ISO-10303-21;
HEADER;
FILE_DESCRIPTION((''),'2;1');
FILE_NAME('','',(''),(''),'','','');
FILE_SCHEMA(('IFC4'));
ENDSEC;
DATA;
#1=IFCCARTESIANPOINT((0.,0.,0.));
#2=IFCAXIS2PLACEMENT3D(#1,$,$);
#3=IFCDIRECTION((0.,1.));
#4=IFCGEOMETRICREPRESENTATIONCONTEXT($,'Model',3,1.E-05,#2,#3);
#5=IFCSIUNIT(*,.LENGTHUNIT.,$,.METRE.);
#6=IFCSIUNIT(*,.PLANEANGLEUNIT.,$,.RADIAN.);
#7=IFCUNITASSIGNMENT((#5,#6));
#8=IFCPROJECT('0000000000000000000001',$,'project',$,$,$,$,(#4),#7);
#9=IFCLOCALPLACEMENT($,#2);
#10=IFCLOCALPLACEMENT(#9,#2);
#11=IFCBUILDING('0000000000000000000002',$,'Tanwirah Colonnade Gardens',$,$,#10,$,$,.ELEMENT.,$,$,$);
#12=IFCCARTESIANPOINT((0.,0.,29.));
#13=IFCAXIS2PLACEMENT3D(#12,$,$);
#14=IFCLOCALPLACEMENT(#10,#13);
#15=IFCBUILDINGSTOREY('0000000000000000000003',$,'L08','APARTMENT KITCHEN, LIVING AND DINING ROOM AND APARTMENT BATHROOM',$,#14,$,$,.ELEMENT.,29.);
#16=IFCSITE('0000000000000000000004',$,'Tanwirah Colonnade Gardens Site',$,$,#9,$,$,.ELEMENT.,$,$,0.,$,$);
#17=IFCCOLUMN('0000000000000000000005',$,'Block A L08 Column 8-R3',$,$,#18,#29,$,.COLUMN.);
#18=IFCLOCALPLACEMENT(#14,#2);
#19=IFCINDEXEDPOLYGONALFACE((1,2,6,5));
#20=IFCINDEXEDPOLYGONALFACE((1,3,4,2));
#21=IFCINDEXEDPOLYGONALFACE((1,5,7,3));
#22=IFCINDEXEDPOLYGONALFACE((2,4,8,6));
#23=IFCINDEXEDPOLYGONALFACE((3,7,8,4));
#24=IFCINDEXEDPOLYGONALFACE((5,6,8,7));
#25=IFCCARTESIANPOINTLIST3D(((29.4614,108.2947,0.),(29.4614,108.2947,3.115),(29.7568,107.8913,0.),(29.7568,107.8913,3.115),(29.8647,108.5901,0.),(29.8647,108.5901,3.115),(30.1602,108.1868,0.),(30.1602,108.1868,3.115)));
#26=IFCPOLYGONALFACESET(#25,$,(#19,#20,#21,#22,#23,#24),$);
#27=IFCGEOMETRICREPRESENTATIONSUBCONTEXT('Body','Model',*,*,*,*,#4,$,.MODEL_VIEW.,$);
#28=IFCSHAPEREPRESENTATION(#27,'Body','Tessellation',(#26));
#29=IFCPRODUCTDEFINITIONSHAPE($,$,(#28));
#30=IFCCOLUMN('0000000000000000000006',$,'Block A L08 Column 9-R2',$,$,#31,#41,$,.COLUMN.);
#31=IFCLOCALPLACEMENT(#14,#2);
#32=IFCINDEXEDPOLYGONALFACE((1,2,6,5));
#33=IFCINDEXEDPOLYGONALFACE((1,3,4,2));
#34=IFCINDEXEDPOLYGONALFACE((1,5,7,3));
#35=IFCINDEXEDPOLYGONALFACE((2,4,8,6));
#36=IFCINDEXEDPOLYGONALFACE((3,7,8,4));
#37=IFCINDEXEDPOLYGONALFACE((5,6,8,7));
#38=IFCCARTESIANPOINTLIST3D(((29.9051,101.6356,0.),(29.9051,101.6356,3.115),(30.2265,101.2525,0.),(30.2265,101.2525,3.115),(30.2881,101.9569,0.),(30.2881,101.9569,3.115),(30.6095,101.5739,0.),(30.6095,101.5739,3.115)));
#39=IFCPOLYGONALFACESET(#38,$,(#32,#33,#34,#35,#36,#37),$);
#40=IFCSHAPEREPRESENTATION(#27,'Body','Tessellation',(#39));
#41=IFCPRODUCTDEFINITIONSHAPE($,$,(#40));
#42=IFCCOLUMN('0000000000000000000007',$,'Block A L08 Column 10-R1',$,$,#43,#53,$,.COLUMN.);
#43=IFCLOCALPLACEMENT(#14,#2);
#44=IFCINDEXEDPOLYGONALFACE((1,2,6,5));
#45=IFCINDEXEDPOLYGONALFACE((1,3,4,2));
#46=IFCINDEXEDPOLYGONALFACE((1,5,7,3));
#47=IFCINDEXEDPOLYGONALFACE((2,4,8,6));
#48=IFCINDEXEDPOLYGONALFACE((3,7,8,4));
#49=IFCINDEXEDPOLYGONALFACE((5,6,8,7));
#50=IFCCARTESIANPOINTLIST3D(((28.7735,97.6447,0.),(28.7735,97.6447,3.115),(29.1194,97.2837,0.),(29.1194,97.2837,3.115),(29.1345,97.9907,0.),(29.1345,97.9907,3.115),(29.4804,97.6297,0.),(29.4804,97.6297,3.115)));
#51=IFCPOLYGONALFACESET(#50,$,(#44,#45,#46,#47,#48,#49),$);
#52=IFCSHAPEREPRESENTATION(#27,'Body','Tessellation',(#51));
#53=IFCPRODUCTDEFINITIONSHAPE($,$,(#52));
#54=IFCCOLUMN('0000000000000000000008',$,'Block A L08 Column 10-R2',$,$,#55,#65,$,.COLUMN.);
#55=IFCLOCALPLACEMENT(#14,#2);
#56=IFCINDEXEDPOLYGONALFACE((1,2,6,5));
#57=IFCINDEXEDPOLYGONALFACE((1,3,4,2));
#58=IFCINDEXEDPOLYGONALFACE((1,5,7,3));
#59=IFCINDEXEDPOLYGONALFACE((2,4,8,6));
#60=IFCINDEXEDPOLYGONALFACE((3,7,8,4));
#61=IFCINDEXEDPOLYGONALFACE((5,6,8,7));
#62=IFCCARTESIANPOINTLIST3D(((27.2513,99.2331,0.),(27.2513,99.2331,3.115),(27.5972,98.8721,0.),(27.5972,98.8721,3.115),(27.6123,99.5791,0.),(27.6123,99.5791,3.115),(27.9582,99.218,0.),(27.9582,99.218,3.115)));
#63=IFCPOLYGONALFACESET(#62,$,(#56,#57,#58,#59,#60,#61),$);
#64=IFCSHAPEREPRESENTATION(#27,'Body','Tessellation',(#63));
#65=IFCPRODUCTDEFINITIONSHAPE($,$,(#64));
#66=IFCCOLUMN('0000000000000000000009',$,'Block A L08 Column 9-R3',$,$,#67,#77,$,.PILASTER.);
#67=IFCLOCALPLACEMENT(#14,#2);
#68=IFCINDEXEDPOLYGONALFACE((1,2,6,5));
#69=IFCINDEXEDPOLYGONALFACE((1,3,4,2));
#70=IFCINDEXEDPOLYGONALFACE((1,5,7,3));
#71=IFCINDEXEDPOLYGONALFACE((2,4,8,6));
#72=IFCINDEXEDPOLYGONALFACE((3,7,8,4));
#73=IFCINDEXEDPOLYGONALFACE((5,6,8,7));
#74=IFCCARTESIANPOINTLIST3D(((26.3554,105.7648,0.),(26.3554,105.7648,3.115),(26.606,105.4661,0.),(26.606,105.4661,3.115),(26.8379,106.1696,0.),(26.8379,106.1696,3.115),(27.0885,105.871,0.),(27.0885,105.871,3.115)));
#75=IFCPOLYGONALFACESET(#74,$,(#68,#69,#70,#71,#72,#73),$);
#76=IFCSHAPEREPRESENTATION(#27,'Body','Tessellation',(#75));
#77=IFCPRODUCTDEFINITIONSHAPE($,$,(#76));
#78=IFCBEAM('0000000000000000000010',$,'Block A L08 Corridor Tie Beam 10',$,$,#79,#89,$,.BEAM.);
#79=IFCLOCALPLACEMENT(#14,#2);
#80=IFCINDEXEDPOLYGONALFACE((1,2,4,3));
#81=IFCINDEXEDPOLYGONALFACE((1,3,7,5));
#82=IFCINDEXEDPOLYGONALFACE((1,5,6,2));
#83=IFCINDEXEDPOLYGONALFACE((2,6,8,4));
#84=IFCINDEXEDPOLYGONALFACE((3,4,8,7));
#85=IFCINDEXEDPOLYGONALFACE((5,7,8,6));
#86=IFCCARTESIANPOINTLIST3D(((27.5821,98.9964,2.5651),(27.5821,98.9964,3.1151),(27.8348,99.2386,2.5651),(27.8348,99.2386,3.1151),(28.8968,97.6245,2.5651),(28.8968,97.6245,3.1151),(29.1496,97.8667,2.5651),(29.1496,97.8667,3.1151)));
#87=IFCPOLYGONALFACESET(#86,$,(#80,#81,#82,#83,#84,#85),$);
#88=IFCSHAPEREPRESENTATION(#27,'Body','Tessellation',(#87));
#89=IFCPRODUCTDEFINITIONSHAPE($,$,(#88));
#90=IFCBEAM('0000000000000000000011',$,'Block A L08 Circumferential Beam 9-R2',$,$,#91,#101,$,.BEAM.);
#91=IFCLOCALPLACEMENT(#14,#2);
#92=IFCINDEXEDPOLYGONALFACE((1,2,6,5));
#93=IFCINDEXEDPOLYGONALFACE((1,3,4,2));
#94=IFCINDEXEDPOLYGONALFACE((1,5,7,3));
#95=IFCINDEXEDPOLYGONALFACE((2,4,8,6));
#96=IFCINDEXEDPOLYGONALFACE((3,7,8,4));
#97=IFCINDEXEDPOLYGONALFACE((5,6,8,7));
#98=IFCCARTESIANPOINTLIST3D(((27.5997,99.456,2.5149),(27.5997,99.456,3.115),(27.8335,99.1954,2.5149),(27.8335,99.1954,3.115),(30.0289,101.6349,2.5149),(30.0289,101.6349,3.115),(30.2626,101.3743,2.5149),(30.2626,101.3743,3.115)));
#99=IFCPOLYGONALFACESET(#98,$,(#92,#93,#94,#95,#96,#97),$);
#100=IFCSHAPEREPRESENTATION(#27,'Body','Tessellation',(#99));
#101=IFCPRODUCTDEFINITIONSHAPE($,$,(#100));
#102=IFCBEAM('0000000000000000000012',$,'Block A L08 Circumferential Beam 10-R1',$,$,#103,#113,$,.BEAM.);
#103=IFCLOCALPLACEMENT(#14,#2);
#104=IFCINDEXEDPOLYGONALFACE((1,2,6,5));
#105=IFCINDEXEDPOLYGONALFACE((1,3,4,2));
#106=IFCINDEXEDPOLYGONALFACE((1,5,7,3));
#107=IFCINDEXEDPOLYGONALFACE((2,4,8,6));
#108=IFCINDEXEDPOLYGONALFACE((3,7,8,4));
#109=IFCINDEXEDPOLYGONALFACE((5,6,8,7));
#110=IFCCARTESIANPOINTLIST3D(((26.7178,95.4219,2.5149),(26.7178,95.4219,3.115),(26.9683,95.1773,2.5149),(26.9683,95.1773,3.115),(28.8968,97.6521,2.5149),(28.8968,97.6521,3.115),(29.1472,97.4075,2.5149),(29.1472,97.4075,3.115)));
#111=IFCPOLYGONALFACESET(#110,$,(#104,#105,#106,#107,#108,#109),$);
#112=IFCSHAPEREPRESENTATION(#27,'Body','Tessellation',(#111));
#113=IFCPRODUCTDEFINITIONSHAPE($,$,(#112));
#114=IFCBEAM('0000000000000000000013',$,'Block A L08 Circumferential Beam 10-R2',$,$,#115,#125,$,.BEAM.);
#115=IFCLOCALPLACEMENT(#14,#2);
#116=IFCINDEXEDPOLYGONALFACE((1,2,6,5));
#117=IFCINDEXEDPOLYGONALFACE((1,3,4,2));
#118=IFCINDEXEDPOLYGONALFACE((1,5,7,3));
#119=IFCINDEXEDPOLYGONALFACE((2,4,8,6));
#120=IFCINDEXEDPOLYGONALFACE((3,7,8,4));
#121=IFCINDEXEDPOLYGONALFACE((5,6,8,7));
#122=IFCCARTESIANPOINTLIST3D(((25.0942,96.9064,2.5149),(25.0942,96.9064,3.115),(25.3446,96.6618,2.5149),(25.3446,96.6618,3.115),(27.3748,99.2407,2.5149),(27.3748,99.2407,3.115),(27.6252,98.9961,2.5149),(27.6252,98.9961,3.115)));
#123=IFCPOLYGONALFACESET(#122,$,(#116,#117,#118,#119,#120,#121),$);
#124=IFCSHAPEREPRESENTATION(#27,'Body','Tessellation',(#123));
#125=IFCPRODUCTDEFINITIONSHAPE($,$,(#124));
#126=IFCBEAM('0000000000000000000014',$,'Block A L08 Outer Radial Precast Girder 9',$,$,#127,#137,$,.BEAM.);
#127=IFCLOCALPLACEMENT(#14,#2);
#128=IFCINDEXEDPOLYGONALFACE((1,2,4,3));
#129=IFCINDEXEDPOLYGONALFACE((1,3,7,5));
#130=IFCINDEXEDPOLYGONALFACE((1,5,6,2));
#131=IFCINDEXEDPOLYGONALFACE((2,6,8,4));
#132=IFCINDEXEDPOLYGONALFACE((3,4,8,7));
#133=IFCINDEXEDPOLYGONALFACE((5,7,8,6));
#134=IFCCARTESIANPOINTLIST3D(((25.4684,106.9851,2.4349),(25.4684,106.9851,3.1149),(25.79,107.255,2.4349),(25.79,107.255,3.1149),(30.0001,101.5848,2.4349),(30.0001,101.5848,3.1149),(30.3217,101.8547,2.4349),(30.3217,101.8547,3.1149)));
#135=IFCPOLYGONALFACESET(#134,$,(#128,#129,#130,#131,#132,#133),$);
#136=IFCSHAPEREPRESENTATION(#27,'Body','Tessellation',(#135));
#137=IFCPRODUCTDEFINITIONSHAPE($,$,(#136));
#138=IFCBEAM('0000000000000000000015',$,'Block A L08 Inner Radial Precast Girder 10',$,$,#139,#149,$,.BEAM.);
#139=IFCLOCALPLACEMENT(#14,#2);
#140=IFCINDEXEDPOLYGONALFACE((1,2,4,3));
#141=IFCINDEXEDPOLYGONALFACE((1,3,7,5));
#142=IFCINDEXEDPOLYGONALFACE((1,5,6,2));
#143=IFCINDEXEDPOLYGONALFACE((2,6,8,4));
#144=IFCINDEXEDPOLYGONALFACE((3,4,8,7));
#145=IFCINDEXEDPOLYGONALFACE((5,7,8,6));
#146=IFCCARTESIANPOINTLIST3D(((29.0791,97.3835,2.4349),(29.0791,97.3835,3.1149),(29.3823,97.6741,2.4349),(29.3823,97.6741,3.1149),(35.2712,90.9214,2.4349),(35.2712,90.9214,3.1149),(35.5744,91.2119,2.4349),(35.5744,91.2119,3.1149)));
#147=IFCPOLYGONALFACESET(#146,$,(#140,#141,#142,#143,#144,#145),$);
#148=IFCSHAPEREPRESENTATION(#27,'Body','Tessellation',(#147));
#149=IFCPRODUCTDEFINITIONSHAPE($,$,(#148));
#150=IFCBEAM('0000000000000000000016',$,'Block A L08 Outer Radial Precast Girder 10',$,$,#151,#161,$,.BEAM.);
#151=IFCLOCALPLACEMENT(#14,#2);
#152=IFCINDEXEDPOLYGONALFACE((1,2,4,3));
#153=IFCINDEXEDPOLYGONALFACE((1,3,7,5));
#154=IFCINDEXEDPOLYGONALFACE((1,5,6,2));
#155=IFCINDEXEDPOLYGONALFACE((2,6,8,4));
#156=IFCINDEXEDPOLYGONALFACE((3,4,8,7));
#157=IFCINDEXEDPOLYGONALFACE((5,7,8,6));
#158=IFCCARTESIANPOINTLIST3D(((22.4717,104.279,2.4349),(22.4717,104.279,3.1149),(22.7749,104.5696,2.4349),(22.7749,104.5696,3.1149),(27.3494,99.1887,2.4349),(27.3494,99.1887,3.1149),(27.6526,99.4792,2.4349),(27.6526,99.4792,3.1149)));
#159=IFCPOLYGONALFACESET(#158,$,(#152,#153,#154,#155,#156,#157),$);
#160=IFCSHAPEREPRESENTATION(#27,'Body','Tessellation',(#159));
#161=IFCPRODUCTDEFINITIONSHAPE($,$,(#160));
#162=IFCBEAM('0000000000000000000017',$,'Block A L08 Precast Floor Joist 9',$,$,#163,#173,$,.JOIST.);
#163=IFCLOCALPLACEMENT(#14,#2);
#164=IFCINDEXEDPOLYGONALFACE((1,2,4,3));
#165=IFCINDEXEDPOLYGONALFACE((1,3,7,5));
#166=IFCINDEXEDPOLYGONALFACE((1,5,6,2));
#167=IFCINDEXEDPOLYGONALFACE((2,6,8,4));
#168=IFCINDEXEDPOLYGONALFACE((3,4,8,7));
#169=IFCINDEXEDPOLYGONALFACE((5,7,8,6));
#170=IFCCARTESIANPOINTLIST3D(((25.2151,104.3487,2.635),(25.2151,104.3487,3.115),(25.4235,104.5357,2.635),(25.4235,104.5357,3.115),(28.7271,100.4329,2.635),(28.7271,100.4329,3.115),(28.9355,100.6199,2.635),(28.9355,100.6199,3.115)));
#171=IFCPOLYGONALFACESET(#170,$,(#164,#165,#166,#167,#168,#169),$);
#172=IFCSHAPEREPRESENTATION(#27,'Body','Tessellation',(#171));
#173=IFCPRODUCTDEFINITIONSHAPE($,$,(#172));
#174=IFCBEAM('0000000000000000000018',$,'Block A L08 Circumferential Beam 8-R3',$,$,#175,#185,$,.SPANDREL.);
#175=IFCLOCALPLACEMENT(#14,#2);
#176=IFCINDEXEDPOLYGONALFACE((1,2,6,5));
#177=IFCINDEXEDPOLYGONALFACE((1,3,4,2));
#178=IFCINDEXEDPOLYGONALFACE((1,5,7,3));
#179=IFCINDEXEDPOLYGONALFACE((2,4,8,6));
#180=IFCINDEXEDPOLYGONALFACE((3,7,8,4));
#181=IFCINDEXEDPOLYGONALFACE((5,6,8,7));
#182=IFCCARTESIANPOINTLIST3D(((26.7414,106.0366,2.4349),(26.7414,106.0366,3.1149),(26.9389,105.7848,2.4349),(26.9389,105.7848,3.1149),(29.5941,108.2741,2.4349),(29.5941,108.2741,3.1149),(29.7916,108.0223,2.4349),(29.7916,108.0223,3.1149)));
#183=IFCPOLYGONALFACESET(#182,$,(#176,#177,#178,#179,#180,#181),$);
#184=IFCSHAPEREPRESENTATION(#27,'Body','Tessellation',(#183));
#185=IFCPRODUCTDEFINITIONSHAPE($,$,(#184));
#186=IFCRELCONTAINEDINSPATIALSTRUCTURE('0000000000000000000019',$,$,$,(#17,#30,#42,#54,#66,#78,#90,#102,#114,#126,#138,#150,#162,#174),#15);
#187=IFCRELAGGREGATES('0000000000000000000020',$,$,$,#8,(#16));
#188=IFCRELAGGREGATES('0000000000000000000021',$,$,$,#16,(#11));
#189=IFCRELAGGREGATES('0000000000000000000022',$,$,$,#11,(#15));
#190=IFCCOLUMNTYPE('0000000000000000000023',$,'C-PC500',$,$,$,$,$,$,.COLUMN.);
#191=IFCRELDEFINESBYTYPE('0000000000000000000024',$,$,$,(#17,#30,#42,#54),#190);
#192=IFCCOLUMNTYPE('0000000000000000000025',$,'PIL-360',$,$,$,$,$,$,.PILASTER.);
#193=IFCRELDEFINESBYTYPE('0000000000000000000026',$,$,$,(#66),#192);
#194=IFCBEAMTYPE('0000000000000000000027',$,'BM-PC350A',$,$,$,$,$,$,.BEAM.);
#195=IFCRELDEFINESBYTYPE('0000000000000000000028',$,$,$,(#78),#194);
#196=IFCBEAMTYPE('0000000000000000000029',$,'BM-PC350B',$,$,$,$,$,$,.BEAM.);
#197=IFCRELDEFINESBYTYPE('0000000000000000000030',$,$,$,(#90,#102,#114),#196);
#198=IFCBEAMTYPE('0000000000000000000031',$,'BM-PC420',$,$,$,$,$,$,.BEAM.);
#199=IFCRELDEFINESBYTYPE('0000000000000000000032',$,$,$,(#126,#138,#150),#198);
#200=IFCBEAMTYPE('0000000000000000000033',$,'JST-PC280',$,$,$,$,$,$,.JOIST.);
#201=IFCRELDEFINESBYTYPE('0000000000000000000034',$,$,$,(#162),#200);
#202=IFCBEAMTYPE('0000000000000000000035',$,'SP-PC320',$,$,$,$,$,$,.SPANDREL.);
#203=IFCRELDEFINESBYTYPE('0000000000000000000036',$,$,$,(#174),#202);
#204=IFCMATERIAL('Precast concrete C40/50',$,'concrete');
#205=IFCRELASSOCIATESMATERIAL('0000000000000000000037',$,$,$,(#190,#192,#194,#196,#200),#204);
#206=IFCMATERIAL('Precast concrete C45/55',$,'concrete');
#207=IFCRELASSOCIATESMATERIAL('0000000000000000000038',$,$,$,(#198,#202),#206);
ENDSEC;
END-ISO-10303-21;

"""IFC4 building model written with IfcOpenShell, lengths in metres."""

from ifc_helpers import new_model, si_unit, direction, frame, origin, origin_2d, place, context, subcontext, project, spatial, rectangle, extrude, material, material_profile, profile_set, type_object, element, save


model = new_model("IFC4")

# Units and contexts
model_context = context("Model", 3, precision=1e-05, world=origin(), true_north=direction((0.0, 1.0)))
body_context = subcontext(model_context, "Body", "Model", "MODEL_VIEW")
ifc_project = project(units=[si_unit("LENGTHUNIT", "METRE"), si_unit("PLANEANGLEUNIT", "RADIAN")], contexts=[model_context])

# Site, building, storey
site_placement = place(None, origin())
site = spatial("IfcSite", under=ifc_project, at=site_placement, Name="Tanwirah Colonnade Gardens Site", CompositionType="ELEMENT", RefElevation=0.0)
building_placement = place(site_placement, origin())
building = spatial("IfcBuilding", under=site, at=building_placement, Name="Tanwirah Colonnade Gardens", CompositionType="ELEMENT")
storey_placement = place(building_placement, frame((0.0, 0.0, 29.0)))
storey = spatial("IfcBuildingStorey", under=building, at=storey_placement, Name="L08", Description="APARTMENT KITCHEN, LIVING AND DINING ROOM AND APARTMENT BATHROOM", CompositionType="ELEMENT", Elevation=29.0)

# Columns
ifc_material_1 = material(Name="Precast concrete C40/50", Category="concrete")
ifc_material_profile_1 = material_profile(ifc_material_1, rectangle(XDim=0.5, YDim=0.5, at=origin_2d()), Name="PC-COL 500x500")
ifc_profile_set_1 = profile_set([ifc_material_profile_1], Name="Precast concrete C40/50")
column_type_1 = type_object("IfcColumnType", Name="C-PC500", PredefinedType="COLUMN", material=ifc_profile_set_1)
for number, where, z_axis, x_axis, name in (
    (1, (29.8108, 108.2407, 0.0), (0.0, 0.0, 1.0), (-0.590919, 0.806731, 0.0), "Block A L08 Column 8-R3"),
    (2, (30.2573, 101.6047, 0.0), (0.0, 0.0, 1.0), (-0.642788, 0.766044, 0.0), "Block A L08 Column 9-R2"),
    (3, (29.127, 97.6372, 0.0), (0.0, 0.0, 1.0), (-0.691863, 0.722029, 0.0), "Block A L08 Column 10-R1"),
    (4, (27.6047, 99.2256, 0.0), (0.0, 0.0, 1.0), (-0.691863, 0.722029, 0.0), "Block A L08 Column 10-R2"),
):
    element("IfcColumn", number, at=place(storey_placement, frame(where, z_axis=z_axis, x_axis=x_axis)), inside=storey, type_object=column_type_1, Name=name, PredefinedType="COLUMN", context=body_context, shape_type="SweptSolid", body=[
        extrude(rectangle(XDim=0.5, YDim=0.5, at=origin_2d()), origin(), (0.0, 0.0, 1.0), 3.115),
    ])
ifc_material_profile_2 = material_profile(ifc_material_1, rectangle(XDim=0.3899, YDim=0.6299, at=origin_2d()), Name="PC-PIL 390x630")
ifc_profile_set_2 = profile_set([ifc_material_profile_2], Name="Precast concrete C40/50")
column_type_2 = type_object("IfcColumnType", Name="PIL-360", PredefinedType="PILASTER", material=ifc_profile_set_2)
column_placement = place(storey_placement, frame((26.7219, 105.8179, 0.0), z_axis=(0.0, 0.0, 1.0), x_axis=(-0.642788, 0.766044, 0.0)))
element("IfcColumn", 5, at=column_placement, inside=storey, type_object=column_type_2, Name="Block A L08 Column 9-R3", PredefinedType="PILASTER", context=body_context, shape_type="SweptSolid", body=[
    extrude(rectangle(XDim=0.3899, YDim=0.6299, at=origin_2d()), origin(), (0.0, 0.0, 1.0), 3.115),
])

# Beams
ifc_material_profile_3 = material_profile(ifc_material_1, rectangle(XDim=0.3501, YDim=0.55, at=origin_2d()), Name="PC-BM 350x550")
ifc_profile_set_3 = profile_set([ifc_material_profile_3], Name="Precast concrete C40/50")
beam_type_1 = type_object("IfcBeamType", Name="BM-PC350A", PredefinedType="BEAM", material=ifc_profile_set_3)
beam_1_placement = place(storey_placement, frame((29.0232, 97.7456, 2.8401), z_axis=(-0.691914, 0.72198, 0.0), x_axis=(-0.72198, -0.691914, 0.0)))
element("IfcBeam", 6, at=beam_1_placement, inside=storey, type_object=beam_type_1, Name="Block A L08 Corridor Tie Beam 10", PredefinedType="BEAM", context=body_context, shape_type="SweptSolid", body=[
    extrude(rectangle(XDim=0.3501, YDim=0.55, at=origin_2d()), origin(), (0.0, 0.0, 1.0), 1.9001),
])
ifc_material_profile_4 = material_profile(ifc_material_1, rectangle(XDim=0.3501, YDim=0.6001, at=origin_2d()), Name="PC-BM 350x600")
ifc_profile_set_4 = profile_set([ifc_material_profile_4], Name="Precast concrete C40/50")
beam_type_2 = type_object("IfcBeamType", Name="BM-PC350B", PredefinedType="BEAM", material=ifc_profile_set_4)
beam_2_placement = place(storey_placement, frame((30.1458, 101.5046, 2.8149), z_axis=(-0.744409, -0.667724, 0.0), x_axis=(0.667724, -0.744409, 0.0)))
element("IfcBeam", 7, at=beam_2_placement, inside=storey, type_object=beam_type_2, Name="Block A L08 Circumferential Beam 9-R2", PredefinedType="BEAM", context=body_context, shape_type="SweptSolid", body=[
    extrude(rectangle(XDim=0.3501, YDim=0.6001, at=origin_2d()), origin(), (0.0, 0.0, 1.0), 3.2632),
])
beam_3_placement = place(storey_placement, frame((29.022, 97.5298, 2.8149), z_axis=(-0.698837, -0.715281, 0.0), x_axis=(0.715281, -0.698837, 0.0)))
element("IfcBeam", 8, at=beam_3_placement, inside=storey, type_object=beam_type_2, Name="Block A L08 Circumferential Beam 10-R1", PredefinedType="BEAM", context=body_context, shape_type="SweptSolid", body=[
    extrude(rectangle(XDim=0.3501, YDim=0.6001, at=origin_2d()), origin(), (0.0, 0.0, 1.0), 3.1179),
])
beam_4_placement = place(storey_placement, frame((27.5, 99.1184, 2.8149), z_axis=(-0.698829, -0.715288, 0.0), x_axis=(0.715288, -0.698829, 0.0)))
element("IfcBeam", 9, at=beam_4_placement, inside=storey, type_object=beam_type_2, Name="Block A L08 Circumferential Beam 10-R2", PredefinedType="BEAM", context=body_context, shape_type="SweptSolid", body=[
    extrude(rectangle(XDim=0.3501, YDim=0.6001, at=origin_2d()), origin(), (0.0, 0.0, 1.0), 3.2634),
])
ifc_material_2 = material(Name="Precast concrete C45/55", Category="concrete")
ifc_material_profile_5 = material_profile(ifc_material_2, rectangle(XDim=0.4199, YDim=0.6799, at=origin_2d()), Name="PC-BM 420x680")
ifc_profile_set_5 = profile_set([ifc_material_profile_5], Name="Precast concrete C45/55")
beam_type_3 = type_object("IfcBeamType", Name="BM-PC420", PredefinedType="BEAM", material=ifc_profile_set_5)
beam_5_placement = place(storey_placement, frame((30.1609, 101.7197, 2.7749), z_axis=(-0.64281, 0.766025, 0.0), x_axis=(-0.766025, -0.64281, 0.0)))
element("IfcBeam", 10, at=beam_5_placement, inside=storey, type_object=beam_type_3, Name="Block A L08 Outer Radial Precast Girder 9", PredefinedType="BEAM", context=body_context, shape_type="SweptSolid", body=[
    extrude(rectangle(XDim=0.4199, YDim=0.6799, at=origin_2d()), origin(), (0.0, 0.0, 1.0), 7.0498),
])
beam_6_placement = place(storey_placement, frame((29.2307, 97.5288, 2.7749), z_axis=(0.691861, -0.722031, 0.0), x_axis=(0.722031, 0.691861, 0.0)))
element("IfcBeam", 11, at=beam_6_placement, inside=storey, type_object=beam_type_3, Name="Block A L08 Inner Radial Precast Girder 10", PredefinedType="BEAM", context=body_context, shape_type="SweptSolid", body=[
    extrude(rectangle(XDim=0.4199, YDim=0.6799, at=origin_2d()), origin(), (0.0, 0.0, 1.0), 8.95),
])
beam_7_placement = place(storey_placement, frame((27.501, 99.334, 2.7749), z_axis=(-0.691865, 0.722027, 0.0), x_axis=(-0.722027, -0.691865, 0.0)))
element("IfcBeam", 12, at=beam_7_placement, inside=storey, type_object=beam_type_3, Name="Block A L08 Outer Radial Precast Girder 10", PredefinedType="BEAM", context=body_context, shape_type="SweptSolid", body=[
    extrude(rectangle(XDim=0.4199, YDim=0.6799, at=origin_2d()), origin(), (0.0, 0.0, 1.0), 7.05),
])
ifc_material_profile_6 = material_profile(ifc_material_1, rectangle(XDim=0.28, YDim=0.48, at=origin_2d()), Name="PC-JST 280x480")
ifc_profile_set_6 = profile_set([ifc_material_profile_6], Name="Precast concrete C40/50")
beam_type_4 = type_object("IfcBeamType", Name="JST-PC280", PredefinedType="JOIST", material=ifc_profile_set_6)
beam_8_placement = place(storey_placement, frame((28.8313, 100.5264, 2.875), z_axis=(-0.667679, 0.744449, 0.0), x_axis=(-0.744449, -0.667679, 0.0)))
element("IfcBeam", 13, at=beam_8_placement, inside=storey, type_object=beam_type_4, Name="Block A L08 Precast Floor Joist 9", PredefinedType="JOIST", context=body_context, shape_type="SweptSolid", body=[
    extrude(rectangle(XDim=0.28, YDim=0.48, at=origin_2d()), origin(), (0.0, 0.0, 1.0), 5.26),
])
ifc_material_profile_7 = material_profile(ifc_material_2, rectangle(XDim=0.3201, YDim=0.6799, at=origin_2d()), Name="PC-SP 320x680")
ifc_profile_set_7 = profile_set([ifc_material_profile_7], Name="Precast concrete C45/55")
beam_type_5 = type_object("IfcBeamType", Name="SP-PC320", PredefinedType="SPANDREL", material=ifc_profile_set_7)
beam_9_placement = place(storey_placement, frame((29.6929, 108.1482, 2.7749), z_axis=(-0.786844, -0.617152, 0.0), x_axis=(0.617152, -0.786844, 0.0)))
element("IfcBeam", 14, at=beam_9_placement, inside=storey, type_object=beam_type_5, Name="Block A L08 Circumferential Beam 8-R3", PredefinedType="SPANDREL", context=body_context, shape_type="SweptSolid", body=[
    extrude(rectangle(XDim=0.3201, YDim=0.6799, at=origin_2d()), origin(), (0.0, 0.0, 1.0), 3.6255),
])

save(model, "model.ifc")
